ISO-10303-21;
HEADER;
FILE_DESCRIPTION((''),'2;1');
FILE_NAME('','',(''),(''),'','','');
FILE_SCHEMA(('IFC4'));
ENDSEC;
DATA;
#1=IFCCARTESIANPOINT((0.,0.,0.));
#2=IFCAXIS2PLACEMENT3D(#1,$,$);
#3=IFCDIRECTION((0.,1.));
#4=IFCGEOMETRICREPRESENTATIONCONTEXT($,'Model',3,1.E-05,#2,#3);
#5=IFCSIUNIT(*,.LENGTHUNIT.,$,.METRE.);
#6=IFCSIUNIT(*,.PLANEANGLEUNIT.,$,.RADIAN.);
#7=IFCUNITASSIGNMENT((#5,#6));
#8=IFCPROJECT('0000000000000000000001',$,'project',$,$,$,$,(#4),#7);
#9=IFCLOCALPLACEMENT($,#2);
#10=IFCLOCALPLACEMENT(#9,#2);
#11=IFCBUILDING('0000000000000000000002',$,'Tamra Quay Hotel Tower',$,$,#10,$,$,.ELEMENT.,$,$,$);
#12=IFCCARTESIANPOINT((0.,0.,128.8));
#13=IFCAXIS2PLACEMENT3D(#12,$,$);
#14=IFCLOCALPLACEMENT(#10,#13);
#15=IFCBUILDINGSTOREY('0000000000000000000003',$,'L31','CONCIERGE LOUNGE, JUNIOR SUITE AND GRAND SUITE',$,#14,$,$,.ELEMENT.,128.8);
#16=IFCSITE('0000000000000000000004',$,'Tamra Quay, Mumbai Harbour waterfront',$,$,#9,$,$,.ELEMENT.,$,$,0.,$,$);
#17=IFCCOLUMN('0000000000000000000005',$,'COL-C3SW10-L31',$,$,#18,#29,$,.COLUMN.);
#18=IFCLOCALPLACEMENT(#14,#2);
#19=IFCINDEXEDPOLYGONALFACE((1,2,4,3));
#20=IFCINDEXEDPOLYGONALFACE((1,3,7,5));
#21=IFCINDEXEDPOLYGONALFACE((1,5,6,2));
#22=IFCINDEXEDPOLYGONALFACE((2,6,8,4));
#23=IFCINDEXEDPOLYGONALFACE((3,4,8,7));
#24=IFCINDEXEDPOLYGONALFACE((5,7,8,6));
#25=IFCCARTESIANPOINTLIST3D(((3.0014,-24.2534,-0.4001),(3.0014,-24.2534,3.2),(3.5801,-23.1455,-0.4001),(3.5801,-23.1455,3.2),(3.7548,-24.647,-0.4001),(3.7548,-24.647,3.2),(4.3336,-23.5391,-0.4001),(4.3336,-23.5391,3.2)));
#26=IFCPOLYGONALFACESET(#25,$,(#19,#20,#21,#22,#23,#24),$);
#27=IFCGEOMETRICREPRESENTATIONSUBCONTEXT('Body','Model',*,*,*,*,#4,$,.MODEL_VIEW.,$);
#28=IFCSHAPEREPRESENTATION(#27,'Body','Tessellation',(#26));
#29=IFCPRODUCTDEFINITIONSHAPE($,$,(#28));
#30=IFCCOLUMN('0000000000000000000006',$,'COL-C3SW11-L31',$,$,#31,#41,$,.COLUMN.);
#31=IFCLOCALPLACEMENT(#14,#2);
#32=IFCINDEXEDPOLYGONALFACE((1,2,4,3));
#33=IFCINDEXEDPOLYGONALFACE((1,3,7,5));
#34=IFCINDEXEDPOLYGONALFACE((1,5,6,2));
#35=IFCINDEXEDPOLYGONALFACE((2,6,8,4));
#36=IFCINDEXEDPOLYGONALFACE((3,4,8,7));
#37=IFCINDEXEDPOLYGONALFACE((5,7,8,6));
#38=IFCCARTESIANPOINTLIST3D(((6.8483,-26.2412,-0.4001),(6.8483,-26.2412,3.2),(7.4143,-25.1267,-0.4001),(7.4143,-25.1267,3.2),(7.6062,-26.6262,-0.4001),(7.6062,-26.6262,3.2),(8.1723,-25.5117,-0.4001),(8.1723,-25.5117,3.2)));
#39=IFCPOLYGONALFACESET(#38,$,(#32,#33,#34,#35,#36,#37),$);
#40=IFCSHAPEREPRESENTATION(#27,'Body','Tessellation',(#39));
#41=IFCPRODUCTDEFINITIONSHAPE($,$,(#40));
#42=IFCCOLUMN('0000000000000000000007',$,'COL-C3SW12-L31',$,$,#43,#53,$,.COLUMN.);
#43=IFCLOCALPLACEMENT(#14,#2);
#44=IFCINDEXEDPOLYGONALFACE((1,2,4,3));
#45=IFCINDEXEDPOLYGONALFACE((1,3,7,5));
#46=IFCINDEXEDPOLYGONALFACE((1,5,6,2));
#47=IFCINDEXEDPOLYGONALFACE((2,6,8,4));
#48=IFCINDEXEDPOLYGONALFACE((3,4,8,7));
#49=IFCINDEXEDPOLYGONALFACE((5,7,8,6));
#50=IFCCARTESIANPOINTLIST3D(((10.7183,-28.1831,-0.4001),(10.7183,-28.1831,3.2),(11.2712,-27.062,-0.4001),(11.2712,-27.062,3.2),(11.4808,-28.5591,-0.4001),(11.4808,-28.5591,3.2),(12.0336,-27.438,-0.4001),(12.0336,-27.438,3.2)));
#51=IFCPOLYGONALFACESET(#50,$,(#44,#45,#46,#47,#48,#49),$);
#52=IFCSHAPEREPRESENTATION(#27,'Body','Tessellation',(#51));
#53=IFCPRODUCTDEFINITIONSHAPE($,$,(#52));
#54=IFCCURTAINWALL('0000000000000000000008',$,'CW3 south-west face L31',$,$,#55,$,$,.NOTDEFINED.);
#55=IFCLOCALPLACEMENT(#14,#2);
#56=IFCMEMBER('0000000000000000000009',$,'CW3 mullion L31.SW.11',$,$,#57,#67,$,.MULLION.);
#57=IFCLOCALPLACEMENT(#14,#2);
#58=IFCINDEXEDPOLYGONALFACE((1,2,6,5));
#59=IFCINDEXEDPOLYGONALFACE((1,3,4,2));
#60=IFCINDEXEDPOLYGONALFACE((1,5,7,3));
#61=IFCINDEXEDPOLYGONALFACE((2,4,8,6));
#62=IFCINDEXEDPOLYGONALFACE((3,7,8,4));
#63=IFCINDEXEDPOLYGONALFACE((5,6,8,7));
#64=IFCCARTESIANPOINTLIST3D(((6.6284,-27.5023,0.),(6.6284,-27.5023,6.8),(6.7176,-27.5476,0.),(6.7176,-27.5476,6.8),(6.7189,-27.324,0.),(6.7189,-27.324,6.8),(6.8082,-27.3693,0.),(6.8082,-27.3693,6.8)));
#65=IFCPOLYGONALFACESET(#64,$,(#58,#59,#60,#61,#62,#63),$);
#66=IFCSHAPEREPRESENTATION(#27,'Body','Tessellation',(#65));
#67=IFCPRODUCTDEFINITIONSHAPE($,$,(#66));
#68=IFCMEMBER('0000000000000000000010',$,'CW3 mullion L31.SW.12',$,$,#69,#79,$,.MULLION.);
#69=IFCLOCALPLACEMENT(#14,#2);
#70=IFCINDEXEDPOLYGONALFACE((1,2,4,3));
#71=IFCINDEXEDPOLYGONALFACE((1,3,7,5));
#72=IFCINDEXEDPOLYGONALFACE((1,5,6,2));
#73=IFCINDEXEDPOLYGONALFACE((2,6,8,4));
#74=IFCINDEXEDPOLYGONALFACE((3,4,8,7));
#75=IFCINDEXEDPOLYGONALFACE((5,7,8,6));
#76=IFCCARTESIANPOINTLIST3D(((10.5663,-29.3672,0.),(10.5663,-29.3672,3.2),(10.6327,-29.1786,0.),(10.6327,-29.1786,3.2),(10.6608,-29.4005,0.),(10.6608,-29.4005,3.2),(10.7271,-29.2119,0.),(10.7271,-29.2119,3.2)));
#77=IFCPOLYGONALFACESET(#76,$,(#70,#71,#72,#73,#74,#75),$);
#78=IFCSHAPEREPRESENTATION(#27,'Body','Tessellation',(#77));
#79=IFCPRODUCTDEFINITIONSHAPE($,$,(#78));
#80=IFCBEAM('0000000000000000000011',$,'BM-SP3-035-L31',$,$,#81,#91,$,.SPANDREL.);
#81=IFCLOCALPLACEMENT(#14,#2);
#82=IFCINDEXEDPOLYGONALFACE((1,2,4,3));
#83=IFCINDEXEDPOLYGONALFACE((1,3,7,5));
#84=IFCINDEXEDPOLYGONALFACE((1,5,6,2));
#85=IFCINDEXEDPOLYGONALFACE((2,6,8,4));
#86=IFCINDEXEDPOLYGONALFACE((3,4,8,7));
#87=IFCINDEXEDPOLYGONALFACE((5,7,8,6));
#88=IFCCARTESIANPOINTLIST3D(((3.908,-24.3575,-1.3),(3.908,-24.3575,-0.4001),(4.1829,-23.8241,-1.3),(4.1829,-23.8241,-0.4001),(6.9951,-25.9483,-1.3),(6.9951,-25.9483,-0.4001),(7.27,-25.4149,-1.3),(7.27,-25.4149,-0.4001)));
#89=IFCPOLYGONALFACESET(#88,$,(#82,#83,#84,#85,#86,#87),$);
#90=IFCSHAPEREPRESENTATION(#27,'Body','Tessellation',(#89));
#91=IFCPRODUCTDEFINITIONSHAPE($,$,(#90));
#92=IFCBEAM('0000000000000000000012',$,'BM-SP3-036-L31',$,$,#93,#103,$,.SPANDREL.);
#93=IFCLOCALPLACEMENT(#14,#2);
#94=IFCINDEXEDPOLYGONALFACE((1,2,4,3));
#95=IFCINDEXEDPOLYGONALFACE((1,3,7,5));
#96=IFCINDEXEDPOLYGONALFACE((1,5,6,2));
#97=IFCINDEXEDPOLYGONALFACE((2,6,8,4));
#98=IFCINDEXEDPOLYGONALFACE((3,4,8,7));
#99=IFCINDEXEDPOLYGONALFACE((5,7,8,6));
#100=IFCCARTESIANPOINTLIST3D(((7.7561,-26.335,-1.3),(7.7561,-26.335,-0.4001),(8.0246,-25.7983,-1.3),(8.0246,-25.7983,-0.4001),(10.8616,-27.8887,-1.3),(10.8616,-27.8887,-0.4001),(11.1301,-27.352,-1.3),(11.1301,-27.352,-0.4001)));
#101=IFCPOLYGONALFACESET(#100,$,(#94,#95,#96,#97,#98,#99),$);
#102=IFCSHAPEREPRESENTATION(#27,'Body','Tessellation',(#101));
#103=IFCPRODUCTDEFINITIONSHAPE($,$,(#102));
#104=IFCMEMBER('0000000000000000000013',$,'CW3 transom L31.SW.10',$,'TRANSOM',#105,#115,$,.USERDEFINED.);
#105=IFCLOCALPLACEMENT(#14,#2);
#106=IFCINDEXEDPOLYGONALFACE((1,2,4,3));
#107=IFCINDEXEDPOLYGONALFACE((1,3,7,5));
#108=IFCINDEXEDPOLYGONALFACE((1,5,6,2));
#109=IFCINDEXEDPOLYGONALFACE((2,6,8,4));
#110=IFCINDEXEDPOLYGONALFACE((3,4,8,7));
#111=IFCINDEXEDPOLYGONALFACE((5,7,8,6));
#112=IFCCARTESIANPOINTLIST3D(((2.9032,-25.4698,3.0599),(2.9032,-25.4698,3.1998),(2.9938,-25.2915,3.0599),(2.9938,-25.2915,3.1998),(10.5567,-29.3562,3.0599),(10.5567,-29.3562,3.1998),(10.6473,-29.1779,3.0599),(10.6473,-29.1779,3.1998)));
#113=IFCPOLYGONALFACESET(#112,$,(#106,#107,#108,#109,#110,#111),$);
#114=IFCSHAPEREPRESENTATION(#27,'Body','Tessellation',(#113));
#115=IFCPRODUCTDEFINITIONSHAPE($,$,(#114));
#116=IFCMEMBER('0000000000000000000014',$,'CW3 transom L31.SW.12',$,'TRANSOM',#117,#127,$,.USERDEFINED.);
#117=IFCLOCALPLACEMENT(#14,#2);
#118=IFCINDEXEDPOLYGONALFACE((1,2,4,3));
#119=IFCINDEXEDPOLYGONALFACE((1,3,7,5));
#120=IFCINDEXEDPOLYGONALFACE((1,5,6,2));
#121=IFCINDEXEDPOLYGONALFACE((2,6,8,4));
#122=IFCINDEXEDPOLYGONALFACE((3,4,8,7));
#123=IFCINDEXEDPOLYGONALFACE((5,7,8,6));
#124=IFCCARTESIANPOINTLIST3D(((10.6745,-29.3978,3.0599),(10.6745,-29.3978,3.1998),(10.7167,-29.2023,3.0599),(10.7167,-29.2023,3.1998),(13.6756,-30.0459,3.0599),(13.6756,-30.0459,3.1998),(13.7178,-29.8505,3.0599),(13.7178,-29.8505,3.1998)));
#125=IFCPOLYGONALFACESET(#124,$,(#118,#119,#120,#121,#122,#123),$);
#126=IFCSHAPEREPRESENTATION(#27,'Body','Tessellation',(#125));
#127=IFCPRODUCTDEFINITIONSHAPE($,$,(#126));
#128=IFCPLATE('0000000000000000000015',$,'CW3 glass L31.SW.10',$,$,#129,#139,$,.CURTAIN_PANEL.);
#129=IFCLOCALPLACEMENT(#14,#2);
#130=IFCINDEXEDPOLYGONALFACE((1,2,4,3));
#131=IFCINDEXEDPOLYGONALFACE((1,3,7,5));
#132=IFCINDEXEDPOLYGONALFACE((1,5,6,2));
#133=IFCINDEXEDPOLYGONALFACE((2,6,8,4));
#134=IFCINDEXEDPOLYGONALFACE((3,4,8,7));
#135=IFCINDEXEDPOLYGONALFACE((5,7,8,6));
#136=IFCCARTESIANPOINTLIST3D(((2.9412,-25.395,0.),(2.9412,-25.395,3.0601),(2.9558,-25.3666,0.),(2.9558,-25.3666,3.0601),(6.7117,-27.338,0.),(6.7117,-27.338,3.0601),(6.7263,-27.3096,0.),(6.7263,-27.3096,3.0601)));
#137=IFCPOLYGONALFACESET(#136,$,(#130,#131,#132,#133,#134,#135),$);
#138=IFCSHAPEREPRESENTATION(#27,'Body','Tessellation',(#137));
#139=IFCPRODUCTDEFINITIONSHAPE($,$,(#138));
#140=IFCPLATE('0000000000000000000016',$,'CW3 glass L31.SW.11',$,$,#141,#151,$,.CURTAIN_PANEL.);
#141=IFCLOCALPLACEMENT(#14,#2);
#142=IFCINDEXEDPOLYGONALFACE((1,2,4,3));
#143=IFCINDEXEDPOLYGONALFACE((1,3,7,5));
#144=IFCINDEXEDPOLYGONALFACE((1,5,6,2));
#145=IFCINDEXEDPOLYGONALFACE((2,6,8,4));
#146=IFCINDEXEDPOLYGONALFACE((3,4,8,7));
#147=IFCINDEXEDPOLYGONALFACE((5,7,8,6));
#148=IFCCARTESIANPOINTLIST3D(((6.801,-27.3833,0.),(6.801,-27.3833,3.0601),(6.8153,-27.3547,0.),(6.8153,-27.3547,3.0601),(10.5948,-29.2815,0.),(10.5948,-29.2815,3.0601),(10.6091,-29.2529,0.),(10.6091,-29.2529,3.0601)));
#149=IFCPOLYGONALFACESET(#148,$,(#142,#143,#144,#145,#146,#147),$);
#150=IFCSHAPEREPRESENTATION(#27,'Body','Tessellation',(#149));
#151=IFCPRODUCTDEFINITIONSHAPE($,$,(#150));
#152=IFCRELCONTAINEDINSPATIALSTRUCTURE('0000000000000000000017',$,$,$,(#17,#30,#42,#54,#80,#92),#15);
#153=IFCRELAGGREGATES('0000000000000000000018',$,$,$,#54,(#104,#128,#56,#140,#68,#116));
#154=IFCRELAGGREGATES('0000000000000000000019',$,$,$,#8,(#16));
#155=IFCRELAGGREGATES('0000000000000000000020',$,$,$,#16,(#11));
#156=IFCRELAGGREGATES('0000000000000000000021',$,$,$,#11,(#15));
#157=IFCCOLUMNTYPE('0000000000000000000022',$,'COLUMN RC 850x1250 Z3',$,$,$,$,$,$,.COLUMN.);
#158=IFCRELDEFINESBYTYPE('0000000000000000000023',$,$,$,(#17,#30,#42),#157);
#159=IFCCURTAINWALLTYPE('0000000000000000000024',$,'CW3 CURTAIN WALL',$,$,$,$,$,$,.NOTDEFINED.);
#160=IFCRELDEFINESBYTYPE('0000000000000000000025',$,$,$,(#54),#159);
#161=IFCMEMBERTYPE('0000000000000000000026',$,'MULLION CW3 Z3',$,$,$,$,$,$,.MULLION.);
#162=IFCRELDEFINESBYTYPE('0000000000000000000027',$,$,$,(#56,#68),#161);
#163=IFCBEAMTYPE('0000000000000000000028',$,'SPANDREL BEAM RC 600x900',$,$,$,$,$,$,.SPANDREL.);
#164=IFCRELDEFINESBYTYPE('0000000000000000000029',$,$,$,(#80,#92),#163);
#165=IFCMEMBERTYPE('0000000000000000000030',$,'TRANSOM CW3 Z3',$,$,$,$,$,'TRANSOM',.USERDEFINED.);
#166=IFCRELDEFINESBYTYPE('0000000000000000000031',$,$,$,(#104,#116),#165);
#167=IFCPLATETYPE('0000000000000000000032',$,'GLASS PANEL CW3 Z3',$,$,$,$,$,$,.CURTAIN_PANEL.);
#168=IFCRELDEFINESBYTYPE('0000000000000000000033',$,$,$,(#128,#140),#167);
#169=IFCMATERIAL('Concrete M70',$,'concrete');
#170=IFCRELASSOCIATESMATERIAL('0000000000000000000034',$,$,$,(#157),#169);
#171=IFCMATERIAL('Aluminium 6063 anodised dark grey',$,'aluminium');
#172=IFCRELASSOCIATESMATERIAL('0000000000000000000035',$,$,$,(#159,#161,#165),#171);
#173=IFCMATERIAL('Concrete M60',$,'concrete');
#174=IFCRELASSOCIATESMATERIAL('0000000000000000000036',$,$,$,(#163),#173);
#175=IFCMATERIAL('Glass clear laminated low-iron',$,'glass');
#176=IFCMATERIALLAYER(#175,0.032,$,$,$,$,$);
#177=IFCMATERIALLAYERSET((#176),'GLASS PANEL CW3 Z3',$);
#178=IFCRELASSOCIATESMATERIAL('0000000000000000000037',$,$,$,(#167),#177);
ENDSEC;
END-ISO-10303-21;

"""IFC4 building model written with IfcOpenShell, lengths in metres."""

from ifc_helpers import new_model, si_unit, direction, frame, origin, origin_2d, place, context, subcontext, project, spatial, rectangle, extrude, material, layer, layer_set, material_profile, profile_set, type_object, element, aggregate, save


model = new_model("IFC4")

# Units and contexts
model_context = context("Model", 3, precision=1e-05, world=origin(), true_north=direction((0.0, 1.0)))
body_context = subcontext(model_context, "Body", "Model", "MODEL_VIEW")
ifc_project = project(units=[si_unit("LENGTHUNIT", "METRE"), si_unit("PLANEANGLEUNIT", "RADIAN")], contexts=[model_context])

# Site, building, storey
site_placement = place(None, origin())
site = spatial("IfcSite", under=ifc_project, at=site_placement, Name="Tamra Quay, Mumbai Harbour waterfront", CompositionType="ELEMENT", RefElevation=0.0)
building_placement = place(site_placement, origin())
building = spatial("IfcBuilding", under=site, at=building_placement, Name="Tamra Quay Hotel Tower", CompositionType="ELEMENT")
storey_placement = place(building_placement, frame((0.0, 0.0, 128.8)))
storey = spatial("IfcBuildingStorey", under=building, at=storey_placement, Name="L31", Description="CONCIERGE LOUNGE, JUNIOR SUITE AND GRAND SUITE", CompositionType="ELEMENT", Elevation=128.8)

# Columns
ifc_material_1 = material(Name="Concrete M70", Category="concrete")
ifc_material_profile_1 = material_profile(ifc_material_1, rectangle(XDim=1.25, YDim=0.8501, at=origin_2d()), Name="COLUMN RC 850x1250 Z3")
ifc_profile_set_1 = profile_set([ifc_material_profile_1], Name="Concrete M70")
column_type = type_object("IfcColumnType", Name="COLUMN RC 850x1250 Z3", PredefinedType="COLUMN", material=ifc_profile_set_1)
for number, where, z_axis, x_axis, name in (
    (1, (3.6675, -23.8962, -0.4001), (0.0, 0.0, 1.0), (0.463007, 0.886355, 0.0), "COL-C3SW10-L31"),
    (2, (7.5103, -25.8765, -0.4001), (0.0, 0.0, 1.0), (0.45286, 0.891582, 0.0), "COL-C3SW11-L31"),
    (3, (11.376, -27.8105, -0.4001), (0.0, 0.0, 1.0), (0.442275, 0.89688, 0.0), "COL-C3SW12-L31"),
):
    element("IfcColumn", number, at=place(storey_placement, frame(where, z_axis=z_axis, x_axis=x_axis)), inside=storey, type_object=column_type, Name=name, PredefinedType="COLUMN", context=body_context, shape_type="SweptSolid", body=[
        extrude(rectangle(XDim=1.25, YDim=0.8501, at=origin_2d()), origin(), (0.0, 0.0, 1.0), 3.6001),
    ])

# Curtain wall, members
ifc_material_2 = material(Name="Aluminium 6063 anodised dark grey", Category="aluminium")
curtain_wall_type = type_object("IfcCurtainWallType", Name="CW3 CURTAIN WALL", PredefinedType="NOTDEFINED", material=ifc_material_2)
curtain_wall_placement = place(storey_placement, origin())
curtain_wall = element("IfcCurtainWall", 4, at=curtain_wall_placement, inside=storey, type_object=curtain_wall_type, Name="CW3 south-west face L31", PredefinedType="NOTDEFINED")
ifc_material_profile_2 = material_profile(ifc_material_2, rectangle(XDim=0.2, YDim=0.1001, at=origin_2d()), Name="MULLION 100X200")
ifc_profile_set_2 = profile_set([ifc_material_profile_2], Name="Aluminium 6063 anodised dark grey")
member_type_1 = type_object("IfcMemberType", Name="MULLION CW3 Z3", PredefinedType="MULLION", material=ifc_profile_set_2)
member_1_placement = place(storey_placement, frame((6.7183, -27.4358, 0.0), z_axis=(0.0, 0.0, 1.0), x_axis=(-0.452777, -0.891624, 0.0)))
member_1 = element("IfcMember", 5, at=member_1_placement, type_object=member_type_1, Name="CW3 mullion L31.SW.11", PredefinedType="MULLION", context=body_context, shape_type="SweptSolid", body=[
    extrude(rectangle(XDim=0.2, YDim=0.1001, at=origin_2d()), origin(), (0.0, 0.0, 1.0), 6.8),
])
member_2_placement = place(storey_placement, frame((10.6467, -29.2896, 0.0), z_axis=(0.0, 0.0, 1.0), x_axis=(-0.331894, -0.943317, 0.0)))
member_2 = element("IfcMember", 6, at=member_2_placement, type_object=member_type_1, Name="CW3 mullion L31.SW.12", PredefinedType="MULLION", context=body_context, shape_type="SweptSolid", body=[
    extrude(rectangle(XDim=0.2, YDim=0.1001, at=origin_2d()), origin(), (0.0, 0.0, 1.0), 3.2),
])

# Beams
ifc_material_3 = material(Name="Concrete M60", Category="concrete")
ifc_material_profile_3 = material_profile(ifc_material_3, rectangle(XDim=0.6001, YDim=0.8999, at=origin_2d()), Name="SPANDREL BEAM RC 600x900")
ifc_profile_set_3 = profile_set([ifc_material_profile_3], Name="Concrete M60")
beam_type = type_object("IfcBeamType", Name="SPANDREL BEAM RC 600x900", PredefinedType="SPANDREL", material=ifc_profile_set_3)
beam_1_placement = place(storey_placement, frame((4.0454, -24.0908, -0.8501), z_axis=(0.88892, -0.458063, 0.0), x_axis=(0.458063, 0.88892, 0.0)))
element("IfcBeam", 7, at=beam_1_placement, inside=storey, type_object=beam_type, Name="BM-SP3-035-L31", PredefinedType="SPANDREL", context=body_context, shape_type="SweptSolid", body=[
    extrude(rectangle(XDim=0.6001, YDim=0.8999, at=origin_2d()), origin(), (0.0, 0.0, 1.0), 3.4729),
])
beam_2_placement = place(storey_placement, frame((7.8904, -26.0667, -0.8501), z_axis=(0.894315, -0.447439, 0.0), x_axis=(0.447439, 0.894315, 0.0)))
element("IfcBeam", 8, at=beam_2_placement, inside=storey, type_object=beam_type, Name="BM-SP3-036-L31", PredefinedType="SPANDREL", context=body_context, shape_type="SweptSolid", body=[
    extrude(rectangle(XDim=0.6001, YDim=0.8999, at=origin_2d()), origin(), (0.0, 0.0, 1.0), 3.4724),
])

# Members
ifc_material_profile_4 = material_profile(ifc_material_2, rectangle(XDim=0.2, YDim=0.1399, at=origin_2d()), Name="TRANSOM 200X140")
ifc_profile_set_4 = profile_set([ifc_material_profile_4], Name="Aluminium 6063 anodised dark grey")
member_type_2 = type_object("IfcMemberType", Name="TRANSOM CW3 Z3", ElementType="TRANSOM", PredefinedType="USERDEFINED", material=ifc_profile_set_4)
member_3_placement = place(storey_placement, frame((2.9485, -25.3806, 3.1299), z_axis=(0.891628, -0.452768, 0.0), x_axis=(0.452768, 0.891628, 0.0)))
member_3 = element("IfcMember", 9, at=member_3_placement, type_object=member_type_2, Name="CW3 transom L31.SW.10", ObjectType="TRANSOM", PredefinedType="USERDEFINED", context=body_context, shape_type="SweptSolid", body=[
    extrude(rectangle(XDim=0.2, YDim=0.1399, at=origin_2d()), origin(), (0.0, 0.0, 1.0), 8.5837),
])
member_4_placement = place(storey_placement, frame((10.6956, -29.3, 3.1299), z_axis=(0.977463, -0.211109, 0.0), x_axis=(0.211109, 0.977463, 0.0)))
member_4 = element("IfcMember", 10, at=member_4_placement, type_object=member_type_2, Name="CW3 transom L31.SW.12", ObjectType="TRANSOM", PredefinedType="USERDEFINED", context=body_context, shape_type="SweptSolid", body=[
    extrude(rectangle(XDim=0.2, YDim=0.1399, at=origin_2d()), origin(), (0.0, 0.0, 1.0), 3.0703),
])

# Plates
ifc_material_4 = material(Name="Glass clear laminated low-iron", Category="glass")
ifc_layer = layer(ifc_material_4, 0.032)
ifc_layer_set = layer_set([ifc_layer], Name="GLASS PANEL CW3 Z3")
plate_type = type_object("IfcPlateType", Name="GLASS PANEL CW3 Z3", PredefinedType="CURTAIN_PANEL", material=ifc_layer_set)
plate_1_placement = place(storey_placement, frame((4.8337, -26.3523, 0.0), z_axis=(0.0, 0.0, 1.0), x_axis=(0.888911, -0.45808, 0.0)))
plate_1 = element("IfcPlate", 11, at=plate_1_placement, type_object=plate_type, Name="CW3 glass L31.SW.10", PredefinedType="CURTAIN_PANEL", context=body_context, shape_type="SweptSolid", body=[
    extrude(rectangle(XDim=4.2417, YDim=0.032, at=origin_2d()), origin(), (0.0, 0.0, 1.0), 3.0601),
])
plate_2_placement = place(storey_placement, frame((8.7051, -28.3181, 0.0), z_axis=(0.0, 0.0, 1.0), x_axis=(0.894305, -0.447459, 0.0)))
plate_2 = element("IfcPlate", 12, at=plate_2_placement, type_object=plate_type, Name="CW3 glass L31.SW.11", PredefinedType="CURTAIN_PANEL", context=body_context, shape_type="SweptSolid", body=[
    extrude(rectangle(XDim=4.2422, YDim=0.032, at=origin_2d()), origin(), (0.0, 0.0, 1.0), 3.0601),
])
aggregate(curtain_wall, [member_3, plate_1, member_1, plate_2, member_2, member_4])

save(model, "model.ifc")
